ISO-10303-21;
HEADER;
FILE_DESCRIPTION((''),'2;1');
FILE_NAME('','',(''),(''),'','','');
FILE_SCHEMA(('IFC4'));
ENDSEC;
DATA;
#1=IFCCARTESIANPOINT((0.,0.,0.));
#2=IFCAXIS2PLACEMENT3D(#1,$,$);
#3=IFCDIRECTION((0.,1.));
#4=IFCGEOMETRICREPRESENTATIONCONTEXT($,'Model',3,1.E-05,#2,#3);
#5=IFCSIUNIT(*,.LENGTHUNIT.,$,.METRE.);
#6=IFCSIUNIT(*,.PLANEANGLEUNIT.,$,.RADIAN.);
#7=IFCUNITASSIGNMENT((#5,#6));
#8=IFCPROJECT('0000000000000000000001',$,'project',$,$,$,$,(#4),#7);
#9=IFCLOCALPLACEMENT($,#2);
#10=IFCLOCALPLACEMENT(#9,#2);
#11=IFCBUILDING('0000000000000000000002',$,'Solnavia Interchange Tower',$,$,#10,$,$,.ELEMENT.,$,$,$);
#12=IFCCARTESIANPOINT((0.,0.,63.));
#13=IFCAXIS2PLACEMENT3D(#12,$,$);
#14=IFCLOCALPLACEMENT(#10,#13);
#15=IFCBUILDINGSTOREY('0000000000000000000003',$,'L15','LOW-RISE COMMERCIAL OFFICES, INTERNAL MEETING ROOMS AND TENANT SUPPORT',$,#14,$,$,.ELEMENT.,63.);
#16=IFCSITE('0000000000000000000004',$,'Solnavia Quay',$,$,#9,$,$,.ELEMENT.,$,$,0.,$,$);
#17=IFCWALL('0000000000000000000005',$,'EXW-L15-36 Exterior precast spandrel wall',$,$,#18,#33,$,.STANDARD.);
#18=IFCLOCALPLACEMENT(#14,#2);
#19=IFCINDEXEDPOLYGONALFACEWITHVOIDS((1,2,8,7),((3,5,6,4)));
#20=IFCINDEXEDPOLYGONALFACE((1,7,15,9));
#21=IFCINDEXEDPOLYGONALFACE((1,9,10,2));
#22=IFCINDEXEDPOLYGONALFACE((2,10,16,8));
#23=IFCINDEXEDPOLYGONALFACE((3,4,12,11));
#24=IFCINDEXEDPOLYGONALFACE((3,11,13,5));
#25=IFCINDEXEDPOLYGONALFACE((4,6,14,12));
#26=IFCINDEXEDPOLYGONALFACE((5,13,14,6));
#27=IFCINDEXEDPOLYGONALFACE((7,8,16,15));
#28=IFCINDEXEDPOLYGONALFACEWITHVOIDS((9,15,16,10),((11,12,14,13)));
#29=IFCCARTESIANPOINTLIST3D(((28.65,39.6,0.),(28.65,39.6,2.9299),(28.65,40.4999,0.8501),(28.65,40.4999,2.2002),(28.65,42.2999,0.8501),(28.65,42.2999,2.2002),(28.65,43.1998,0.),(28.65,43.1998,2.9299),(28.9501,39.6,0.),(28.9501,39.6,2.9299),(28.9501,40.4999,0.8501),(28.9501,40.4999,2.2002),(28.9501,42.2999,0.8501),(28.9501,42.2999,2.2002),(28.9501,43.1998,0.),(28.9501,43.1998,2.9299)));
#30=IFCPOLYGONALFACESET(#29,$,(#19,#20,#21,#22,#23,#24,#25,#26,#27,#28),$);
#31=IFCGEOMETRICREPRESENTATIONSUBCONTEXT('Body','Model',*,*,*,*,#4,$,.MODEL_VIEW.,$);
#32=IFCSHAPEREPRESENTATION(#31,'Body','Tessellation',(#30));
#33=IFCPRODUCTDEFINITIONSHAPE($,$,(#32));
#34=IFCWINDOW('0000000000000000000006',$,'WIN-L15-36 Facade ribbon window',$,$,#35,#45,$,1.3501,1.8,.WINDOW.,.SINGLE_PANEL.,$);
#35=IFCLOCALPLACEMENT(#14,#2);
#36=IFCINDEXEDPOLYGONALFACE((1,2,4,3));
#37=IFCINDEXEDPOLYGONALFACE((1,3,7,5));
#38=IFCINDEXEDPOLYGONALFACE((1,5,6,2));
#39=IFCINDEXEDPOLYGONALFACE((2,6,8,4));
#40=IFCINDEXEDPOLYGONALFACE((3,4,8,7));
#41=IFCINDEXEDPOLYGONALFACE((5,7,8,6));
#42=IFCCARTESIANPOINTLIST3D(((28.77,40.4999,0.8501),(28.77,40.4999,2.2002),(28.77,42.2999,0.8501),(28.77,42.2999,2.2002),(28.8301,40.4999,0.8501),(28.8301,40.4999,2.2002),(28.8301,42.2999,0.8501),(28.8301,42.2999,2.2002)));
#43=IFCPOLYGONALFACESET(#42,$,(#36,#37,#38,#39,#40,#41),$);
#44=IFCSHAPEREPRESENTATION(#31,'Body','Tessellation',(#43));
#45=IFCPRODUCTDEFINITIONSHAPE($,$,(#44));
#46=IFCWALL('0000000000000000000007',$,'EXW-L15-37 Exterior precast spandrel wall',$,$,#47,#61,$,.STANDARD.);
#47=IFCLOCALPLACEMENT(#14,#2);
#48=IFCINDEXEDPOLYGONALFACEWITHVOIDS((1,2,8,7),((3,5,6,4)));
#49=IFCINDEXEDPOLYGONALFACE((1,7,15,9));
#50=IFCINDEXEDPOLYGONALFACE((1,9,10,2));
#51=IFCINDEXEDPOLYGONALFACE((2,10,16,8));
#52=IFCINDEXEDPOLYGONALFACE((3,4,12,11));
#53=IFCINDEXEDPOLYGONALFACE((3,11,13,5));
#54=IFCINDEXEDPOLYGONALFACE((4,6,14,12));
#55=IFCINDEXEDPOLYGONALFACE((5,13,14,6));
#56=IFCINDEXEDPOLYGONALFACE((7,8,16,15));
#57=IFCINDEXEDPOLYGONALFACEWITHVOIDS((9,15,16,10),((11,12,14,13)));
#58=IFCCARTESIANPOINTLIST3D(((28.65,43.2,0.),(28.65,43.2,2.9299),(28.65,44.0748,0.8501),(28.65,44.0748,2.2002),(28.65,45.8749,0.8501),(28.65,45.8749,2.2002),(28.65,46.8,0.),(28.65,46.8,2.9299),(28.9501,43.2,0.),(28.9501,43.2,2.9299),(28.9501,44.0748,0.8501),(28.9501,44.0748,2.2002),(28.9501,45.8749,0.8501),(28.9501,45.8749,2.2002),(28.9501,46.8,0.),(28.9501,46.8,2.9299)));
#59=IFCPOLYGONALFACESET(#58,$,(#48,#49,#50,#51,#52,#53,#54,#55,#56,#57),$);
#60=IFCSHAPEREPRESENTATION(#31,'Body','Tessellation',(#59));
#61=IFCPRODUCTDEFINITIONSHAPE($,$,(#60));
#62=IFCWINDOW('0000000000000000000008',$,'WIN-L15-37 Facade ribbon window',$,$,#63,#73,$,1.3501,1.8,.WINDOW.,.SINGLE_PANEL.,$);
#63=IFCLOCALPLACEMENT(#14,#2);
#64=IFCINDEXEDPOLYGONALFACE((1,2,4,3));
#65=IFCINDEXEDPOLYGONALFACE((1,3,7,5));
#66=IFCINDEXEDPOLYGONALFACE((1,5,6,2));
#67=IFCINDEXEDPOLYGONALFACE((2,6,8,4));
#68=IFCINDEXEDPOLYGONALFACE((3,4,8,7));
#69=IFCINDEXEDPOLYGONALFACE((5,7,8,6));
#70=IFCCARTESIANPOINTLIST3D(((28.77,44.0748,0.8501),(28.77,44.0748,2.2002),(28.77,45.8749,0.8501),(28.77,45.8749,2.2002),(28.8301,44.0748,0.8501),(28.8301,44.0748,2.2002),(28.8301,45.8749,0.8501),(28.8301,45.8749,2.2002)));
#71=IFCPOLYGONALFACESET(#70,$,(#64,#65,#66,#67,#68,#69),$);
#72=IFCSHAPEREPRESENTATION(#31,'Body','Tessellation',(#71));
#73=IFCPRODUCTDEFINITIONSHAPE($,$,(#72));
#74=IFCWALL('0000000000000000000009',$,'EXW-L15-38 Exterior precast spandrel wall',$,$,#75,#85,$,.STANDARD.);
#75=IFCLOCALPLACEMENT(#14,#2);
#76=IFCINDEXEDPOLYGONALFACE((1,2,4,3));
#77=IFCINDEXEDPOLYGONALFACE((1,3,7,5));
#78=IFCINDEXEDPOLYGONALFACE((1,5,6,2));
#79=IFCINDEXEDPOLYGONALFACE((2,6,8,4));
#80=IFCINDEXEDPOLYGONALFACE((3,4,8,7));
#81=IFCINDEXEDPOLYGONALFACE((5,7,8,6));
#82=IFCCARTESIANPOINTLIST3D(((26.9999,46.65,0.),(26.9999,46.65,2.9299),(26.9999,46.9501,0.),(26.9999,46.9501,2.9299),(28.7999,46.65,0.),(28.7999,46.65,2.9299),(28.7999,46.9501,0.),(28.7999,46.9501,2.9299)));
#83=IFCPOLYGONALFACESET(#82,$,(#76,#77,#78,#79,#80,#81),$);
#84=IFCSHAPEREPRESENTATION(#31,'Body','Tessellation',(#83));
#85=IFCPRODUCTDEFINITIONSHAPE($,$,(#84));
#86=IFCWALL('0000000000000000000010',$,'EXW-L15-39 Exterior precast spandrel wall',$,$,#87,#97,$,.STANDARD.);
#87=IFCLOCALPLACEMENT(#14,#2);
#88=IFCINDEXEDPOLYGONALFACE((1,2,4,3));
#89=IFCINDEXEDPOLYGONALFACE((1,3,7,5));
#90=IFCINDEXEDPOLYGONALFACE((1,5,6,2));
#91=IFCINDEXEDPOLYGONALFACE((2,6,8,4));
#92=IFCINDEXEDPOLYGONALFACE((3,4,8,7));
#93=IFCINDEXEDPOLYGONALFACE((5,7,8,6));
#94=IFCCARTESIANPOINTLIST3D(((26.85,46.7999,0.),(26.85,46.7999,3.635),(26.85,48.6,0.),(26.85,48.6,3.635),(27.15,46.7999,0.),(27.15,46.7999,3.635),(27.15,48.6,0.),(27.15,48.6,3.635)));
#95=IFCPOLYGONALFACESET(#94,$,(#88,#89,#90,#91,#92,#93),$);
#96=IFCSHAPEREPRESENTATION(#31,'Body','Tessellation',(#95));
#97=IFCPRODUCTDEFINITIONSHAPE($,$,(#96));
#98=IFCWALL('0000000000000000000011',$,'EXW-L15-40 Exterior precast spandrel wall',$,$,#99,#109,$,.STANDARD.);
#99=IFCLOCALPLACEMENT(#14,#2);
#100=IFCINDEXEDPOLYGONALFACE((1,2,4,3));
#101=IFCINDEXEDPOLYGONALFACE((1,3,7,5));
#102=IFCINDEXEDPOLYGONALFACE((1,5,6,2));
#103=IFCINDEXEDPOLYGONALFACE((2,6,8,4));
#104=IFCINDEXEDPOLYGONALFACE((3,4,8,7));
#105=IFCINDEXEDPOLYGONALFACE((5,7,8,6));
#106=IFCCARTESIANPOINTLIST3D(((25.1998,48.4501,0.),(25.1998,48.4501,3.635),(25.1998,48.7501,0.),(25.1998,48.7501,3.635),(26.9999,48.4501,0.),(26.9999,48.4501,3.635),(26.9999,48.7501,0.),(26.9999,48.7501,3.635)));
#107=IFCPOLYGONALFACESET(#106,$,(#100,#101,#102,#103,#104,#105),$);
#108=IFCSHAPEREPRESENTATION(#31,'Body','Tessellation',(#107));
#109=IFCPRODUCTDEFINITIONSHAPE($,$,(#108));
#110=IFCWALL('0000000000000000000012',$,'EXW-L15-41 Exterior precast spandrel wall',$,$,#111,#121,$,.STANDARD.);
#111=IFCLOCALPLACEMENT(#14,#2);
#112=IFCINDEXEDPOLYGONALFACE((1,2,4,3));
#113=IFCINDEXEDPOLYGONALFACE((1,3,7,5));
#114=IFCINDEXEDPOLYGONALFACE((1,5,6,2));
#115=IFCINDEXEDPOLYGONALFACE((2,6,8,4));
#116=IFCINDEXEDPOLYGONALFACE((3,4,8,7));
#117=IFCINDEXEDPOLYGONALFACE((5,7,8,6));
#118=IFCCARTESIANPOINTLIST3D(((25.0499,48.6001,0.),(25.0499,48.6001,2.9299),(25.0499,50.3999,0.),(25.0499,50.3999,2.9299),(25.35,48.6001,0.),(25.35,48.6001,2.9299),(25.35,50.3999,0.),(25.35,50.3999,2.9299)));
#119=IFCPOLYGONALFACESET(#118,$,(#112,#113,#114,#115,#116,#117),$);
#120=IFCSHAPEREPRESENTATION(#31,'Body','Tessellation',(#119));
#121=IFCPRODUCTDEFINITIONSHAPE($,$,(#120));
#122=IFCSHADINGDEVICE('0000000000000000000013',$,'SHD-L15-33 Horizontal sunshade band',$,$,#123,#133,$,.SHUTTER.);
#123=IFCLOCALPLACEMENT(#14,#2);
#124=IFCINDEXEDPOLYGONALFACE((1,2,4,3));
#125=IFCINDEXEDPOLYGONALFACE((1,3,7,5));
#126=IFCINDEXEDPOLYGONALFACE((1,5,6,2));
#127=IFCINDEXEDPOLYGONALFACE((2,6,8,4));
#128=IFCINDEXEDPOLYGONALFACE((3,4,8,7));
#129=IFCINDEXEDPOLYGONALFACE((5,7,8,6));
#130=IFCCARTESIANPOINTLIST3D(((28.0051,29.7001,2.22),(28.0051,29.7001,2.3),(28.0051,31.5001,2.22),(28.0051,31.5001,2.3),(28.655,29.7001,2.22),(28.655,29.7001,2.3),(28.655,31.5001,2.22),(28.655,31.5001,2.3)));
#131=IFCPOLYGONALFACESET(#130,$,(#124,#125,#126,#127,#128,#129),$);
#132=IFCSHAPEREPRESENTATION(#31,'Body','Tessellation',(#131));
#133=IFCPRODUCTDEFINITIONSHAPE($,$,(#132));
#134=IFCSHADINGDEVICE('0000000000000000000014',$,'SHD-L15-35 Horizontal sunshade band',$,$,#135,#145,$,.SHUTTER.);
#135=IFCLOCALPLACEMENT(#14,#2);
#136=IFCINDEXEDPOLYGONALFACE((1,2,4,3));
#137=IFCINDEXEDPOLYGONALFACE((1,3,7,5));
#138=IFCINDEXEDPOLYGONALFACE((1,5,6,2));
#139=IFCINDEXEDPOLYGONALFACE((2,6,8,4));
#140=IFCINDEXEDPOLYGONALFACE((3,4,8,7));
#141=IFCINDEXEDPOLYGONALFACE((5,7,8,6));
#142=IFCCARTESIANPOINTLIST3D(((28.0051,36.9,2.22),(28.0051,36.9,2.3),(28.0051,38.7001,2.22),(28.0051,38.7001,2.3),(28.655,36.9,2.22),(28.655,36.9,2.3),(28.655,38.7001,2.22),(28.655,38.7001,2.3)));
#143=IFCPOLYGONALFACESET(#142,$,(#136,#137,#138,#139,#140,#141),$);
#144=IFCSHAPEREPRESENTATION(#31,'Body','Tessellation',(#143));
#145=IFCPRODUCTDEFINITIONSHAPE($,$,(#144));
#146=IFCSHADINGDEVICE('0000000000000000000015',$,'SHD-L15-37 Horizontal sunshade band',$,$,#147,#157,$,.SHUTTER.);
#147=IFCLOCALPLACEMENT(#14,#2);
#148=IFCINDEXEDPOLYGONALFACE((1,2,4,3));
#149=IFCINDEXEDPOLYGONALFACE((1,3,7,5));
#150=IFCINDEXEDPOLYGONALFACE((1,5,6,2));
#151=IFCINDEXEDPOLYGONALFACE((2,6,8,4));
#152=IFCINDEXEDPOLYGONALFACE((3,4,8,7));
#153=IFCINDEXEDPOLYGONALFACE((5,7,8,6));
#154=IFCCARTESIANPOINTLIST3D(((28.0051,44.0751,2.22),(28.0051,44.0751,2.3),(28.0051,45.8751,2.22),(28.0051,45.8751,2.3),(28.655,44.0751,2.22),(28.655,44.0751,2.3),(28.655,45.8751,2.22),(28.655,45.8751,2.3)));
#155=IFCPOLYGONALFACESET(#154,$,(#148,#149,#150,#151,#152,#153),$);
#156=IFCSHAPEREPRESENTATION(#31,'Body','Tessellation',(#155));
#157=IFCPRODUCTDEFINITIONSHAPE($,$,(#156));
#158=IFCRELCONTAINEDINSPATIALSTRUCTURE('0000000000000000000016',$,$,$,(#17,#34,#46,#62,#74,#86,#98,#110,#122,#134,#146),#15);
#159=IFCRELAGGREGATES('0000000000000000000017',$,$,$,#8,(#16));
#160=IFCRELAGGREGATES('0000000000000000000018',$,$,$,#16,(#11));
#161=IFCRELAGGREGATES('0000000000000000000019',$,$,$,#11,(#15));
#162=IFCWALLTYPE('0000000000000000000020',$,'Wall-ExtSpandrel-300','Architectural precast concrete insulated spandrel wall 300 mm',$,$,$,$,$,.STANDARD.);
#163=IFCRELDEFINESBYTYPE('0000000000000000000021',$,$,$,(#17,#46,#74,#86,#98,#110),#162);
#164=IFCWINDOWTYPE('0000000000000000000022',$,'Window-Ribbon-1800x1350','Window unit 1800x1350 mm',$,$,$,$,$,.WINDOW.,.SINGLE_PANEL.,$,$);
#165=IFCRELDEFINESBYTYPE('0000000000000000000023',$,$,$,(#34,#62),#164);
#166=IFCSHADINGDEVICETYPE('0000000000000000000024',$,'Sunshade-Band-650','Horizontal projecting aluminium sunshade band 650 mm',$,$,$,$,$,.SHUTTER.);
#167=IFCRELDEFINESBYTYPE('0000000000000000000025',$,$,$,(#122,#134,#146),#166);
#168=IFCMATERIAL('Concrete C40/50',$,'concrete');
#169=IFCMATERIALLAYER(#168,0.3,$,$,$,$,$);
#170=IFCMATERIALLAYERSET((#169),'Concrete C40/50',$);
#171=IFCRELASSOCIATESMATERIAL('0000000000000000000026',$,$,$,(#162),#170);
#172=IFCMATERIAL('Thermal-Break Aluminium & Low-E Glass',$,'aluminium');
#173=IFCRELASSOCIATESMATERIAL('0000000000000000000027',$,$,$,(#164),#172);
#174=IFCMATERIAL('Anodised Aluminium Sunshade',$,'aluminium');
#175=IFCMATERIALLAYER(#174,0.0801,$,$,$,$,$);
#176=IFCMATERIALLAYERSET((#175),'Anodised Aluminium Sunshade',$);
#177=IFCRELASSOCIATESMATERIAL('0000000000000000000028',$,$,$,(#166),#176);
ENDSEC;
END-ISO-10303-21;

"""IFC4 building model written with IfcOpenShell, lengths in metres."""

from ifc_helpers import new_model, si_unit, direction, frame, frame_2d, origin, origin_2d, place, context, subcontext, project, spatial, rectangle, extrude, material, layer, layer_set, type_object, element, fill, save


model = new_model("IFC4")

# Units and contexts
model_context = context("Model", 3, precision=1e-05, world=origin(), true_north=direction((0.0, 1.0)))
body_context = subcontext(model_context, "Body", "Model", "MODEL_VIEW")
ifc_project = project(units=[si_unit("LENGTHUNIT", "METRE"), si_unit("PLANEANGLEUNIT", "RADIAN")], contexts=[model_context])

# Site, building, storey
site_placement = place(None, origin())
site = spatial("IfcSite", under=ifc_project, at=site_placement, Name="Solnavia Quay", CompositionType="ELEMENT", RefElevation=0.0)
building_placement = place(site_placement, origin())
building = spatial("IfcBuilding", under=site, at=building_placement, Name="Solnavia Interchange Tower", CompositionType="ELEMENT")
storey_placement = place(building_placement, frame((0.0, 0.0, 63.0)))
storey = spatial("IfcBuildingStorey", under=building, at=storey_placement, Name="L15", Description="LOW-RISE COMMERCIAL OFFICES, INTERNAL MEETING ROOMS AND TENANT SUPPORT", CompositionType="ELEMENT", Elevation=63.0)

# Shared definitions
ifc_material_1 = material(Name="Concrete C40/50", Category="concrete")
ifc_layer_1 = layer(ifc_material_1, 0.3)
ifc_layer_set_1 = layer_set([ifc_layer_1], Name="Concrete C40/50")
wall_type = type_object("IfcWallType", Name="Wall-ExtSpandrel-300", Description="Architectural precast concrete insulated spandrel wall 300 mm", PredefinedType="STANDARD", material=ifc_layer_set_1)

# Walls, openings, windows
ifc_material_2 = material(Name="Thermal-Break Aluminium & Low-E Glass", Category="aluminium")
window_type = type_object("IfcWindowType", Name="Window-Ribbon-1800x1350", Description="Window unit 1800x1350 mm", PartitioningType="SINGLE_PANEL", PredefinedType="WINDOW", material=ifc_material_2)
wall_1_placement = place(storey_placement, frame((28.8, 39.6001, 0.0), z_axis=(0.0, 0.0, 1.0), x_axis=(0.0, 1.0, 0.0)))
wall_1 = element("IfcWall", 1, at=wall_1_placement, inside=storey, type_object=wall_type, Name="EXW-L15-36 Exterior precast spandrel wall", PredefinedType="STANDARD", context=body_context, shape_type="SweptSolid", body=[
    extrude(rectangle(XDim=3.5999, YDim=0.3, at=frame_2d((1.7998, 0.0))), origin(), (0.0, 0.0, 1.0), 2.9299),
])
opening_1_placement = place(wall_1_placement, frame((0.8999, 0.0, 0.8501)))
opening_1 = element("IfcOpeningElement", 2, at=opening_1_placement, cuts=wall_1, PredefinedType="OPENING", context=body_context, shape_type="SweptSolid", body=[
    extrude(rectangle(XDim=1.8, YDim=1.3501, at=frame_2d((0.8999, 0.675))), frame((0.0, 0.1602, 0.0), z_axis=(0.0, -1.0, 0.0), x_axis=(1.0, 0.0, 0.0)), (0.0, 0.0, 1.0), 0.3201),
])
window_1_placement = place(opening_1_placement, origin())
window_1 = element("IfcWindow", 3, at=window_1_placement, inside=storey, type_object=window_type, Name="WIN-L15-36 Facade ribbon window", OverallHeight=1.3501, OverallWidth=1.8, PartitioningType="SINGLE_PANEL", PredefinedType="WINDOW", context=body_context, shape_type="SweptSolid", body=[
    extrude(rectangle(XDim=1.8, YDim=1.3501, at=frame_2d((0.8999, 0.675))), frame((0.0, 0.03, 0.0), z_axis=(0.0, -1.0, 0.0), x_axis=(1.0, 0.0, 0.0)), (0.0, 0.0, 1.0), 0.0601),
])
fill(opening_1, window_1)
wall_2_placement = place(storey_placement, frame((28.8, 43.2, 0.0), z_axis=(0.0, 0.0, 1.0), x_axis=(0.0, 1.0, 0.0)))
wall_2 = element("IfcWall", 4, at=wall_2_placement, inside=storey, type_object=wall_type, Name="EXW-L15-37 Exterior precast spandrel wall", PredefinedType="STANDARD", context=body_context, shape_type="SweptSolid", body=[
    extrude(rectangle(XDim=3.6001, YDim=0.3, at=frame_2d((1.8, 0.0))), origin(), (0.0, 0.0, 1.0), 2.9299),
])
opening_2_placement = place(wall_2_placement, frame((0.875, 0.0, 0.8501)))
opening_2 = element("IfcOpeningElement", 5, at=opening_2_placement, cuts=wall_2, PredefinedType="OPENING", context=body_context, shape_type="SweptSolid", body=[
    extrude(rectangle(XDim=1.8, YDim=1.3501, at=frame_2d((0.8999, 0.675))), frame((0.0, 0.1602, 0.0), z_axis=(0.0, -1.0, 0.0), x_axis=(1.0, 0.0, 0.0)), (0.0, 0.0, 1.0), 0.3201),
])
window_2_placement = place(opening_2_placement, origin())
window_2 = element("IfcWindow", 6, at=window_2_placement, inside=storey, type_object=window_type, Name="WIN-L15-37 Facade ribbon window", OverallHeight=1.3501, OverallWidth=1.8, PartitioningType="SINGLE_PANEL", PredefinedType="WINDOW", context=body_context, shape_type="SweptSolid", body=[
    extrude(rectangle(XDim=1.8, YDim=1.3501, at=frame_2d((0.8999, 0.675))), frame((0.0, 0.03, 0.0), z_axis=(0.0, -1.0, 0.0), x_axis=(1.0, 0.0, 0.0)), (0.0, 0.0, 1.0), 0.0601),
])
fill(opening_2, window_2)

# Walls
wall_3_placement = place(storey_placement, frame((27.0, 46.8, 0.0), z_axis=(0.0, 0.0, 1.0), x_axis=(1.0, 0.0, 0.0)))
element("IfcWall", 7, at=wall_3_placement, inside=storey, type_object=wall_type, Name="EXW-L15-38 Exterior precast spandrel wall", PredefinedType="STANDARD", context=body_context, shape_type="SweptSolid", body=[
    extrude(rectangle(XDim=1.8, YDim=0.3, at=frame_2d((0.8999, 0.0))), origin(), (0.0, 0.0, 1.0), 2.9299),
])
for number, where, z_axis, x_axis, name in (
    (8, (27.0, 46.8, 0.0), (0.0, 0.0, 1.0), (0.0, 1.0, 0.0), "EXW-L15-39 Exterior precast spandrel wall"),
    (9, (25.2, 48.6001, 0.0), (0.0, 0.0, 1.0), (1.0, 0.0, 0.0), "EXW-L15-40 Exterior precast spandrel wall"),
):
    element("IfcWall", number, at=place(storey_placement, frame(where, z_axis=z_axis, x_axis=x_axis)), inside=storey, type_object=wall_type, Name=name, PredefinedType="STANDARD", context=body_context, shape_type="SweptSolid", body=[
        extrude(rectangle(XDim=1.8, YDim=0.3, at=frame_2d((0.8999, 0.0))), origin(), (0.0, 0.0, 1.0), 3.635),
    ])
wall_4_placement = place(storey_placement, frame((25.2, 48.6001, 0.0), z_axis=(0.0, 0.0, 1.0), x_axis=(0.0, 1.0, 0.0)))
element("IfcWall", 10, at=wall_4_placement, inside=storey, type_object=wall_type, Name="EXW-L15-41 Exterior precast spandrel wall", PredefinedType="STANDARD", context=body_context, shape_type="SweptSolid", body=[
    extrude(rectangle(XDim=1.7998, YDim=0.3, at=frame_2d((0.8999, 0.0))), origin(), (0.0, 0.0, 1.0), 2.9299),
])

# Shading devices
ifc_material_3 = material(Name="Anodised Aluminium Sunshade", Category="aluminium")
ifc_layer_2 = layer(ifc_material_3, 0.0801)
ifc_layer_set_2 = layer_set([ifc_layer_2], Name="Anodised Aluminium Sunshade")
shading_device_type = type_object("IfcShadingDeviceType", Name="Sunshade-Band-650", Description="Horizontal projecting aluminium sunshade band 650 mm", PredefinedType="SHUTTER", material=ifc_layer_set_2)
for number, where, z_axis, x_axis, name in (
    (11, (28.3301, 30.6001, 2.22), (0.0, 0.0, 1.0), (0.0, 1.0, 0.0), "SHD-L15-33 Horizontal sunshade band"),
    (12, (28.3301, 37.8, 2.22), (0.0, 0.0, 1.0), (0.0, 1.0, 0.0), "SHD-L15-35 Horizontal sunshade band"),
    (13, (28.3301, 44.9751, 2.22), (0.0, 0.0, 1.0), (0.0, 1.0, 0.0), "SHD-L15-37 Horizontal sunshade band"),
):
    element("IfcShadingDevice", number, at=place(storey_placement, frame(where, z_axis=z_axis, x_axis=x_axis)), inside=storey, type_object=shading_device_type, Name=name, PredefinedType="SHUTTER", context=body_context, shape_type="SweptSolid", body=[
        extrude(rectangle(XDim=1.8, YDim=0.6499, at=origin_2d()), origin(), (0.0, 0.0, 1.0), 0.0801),
    ])

save(model, "model.ifc")
